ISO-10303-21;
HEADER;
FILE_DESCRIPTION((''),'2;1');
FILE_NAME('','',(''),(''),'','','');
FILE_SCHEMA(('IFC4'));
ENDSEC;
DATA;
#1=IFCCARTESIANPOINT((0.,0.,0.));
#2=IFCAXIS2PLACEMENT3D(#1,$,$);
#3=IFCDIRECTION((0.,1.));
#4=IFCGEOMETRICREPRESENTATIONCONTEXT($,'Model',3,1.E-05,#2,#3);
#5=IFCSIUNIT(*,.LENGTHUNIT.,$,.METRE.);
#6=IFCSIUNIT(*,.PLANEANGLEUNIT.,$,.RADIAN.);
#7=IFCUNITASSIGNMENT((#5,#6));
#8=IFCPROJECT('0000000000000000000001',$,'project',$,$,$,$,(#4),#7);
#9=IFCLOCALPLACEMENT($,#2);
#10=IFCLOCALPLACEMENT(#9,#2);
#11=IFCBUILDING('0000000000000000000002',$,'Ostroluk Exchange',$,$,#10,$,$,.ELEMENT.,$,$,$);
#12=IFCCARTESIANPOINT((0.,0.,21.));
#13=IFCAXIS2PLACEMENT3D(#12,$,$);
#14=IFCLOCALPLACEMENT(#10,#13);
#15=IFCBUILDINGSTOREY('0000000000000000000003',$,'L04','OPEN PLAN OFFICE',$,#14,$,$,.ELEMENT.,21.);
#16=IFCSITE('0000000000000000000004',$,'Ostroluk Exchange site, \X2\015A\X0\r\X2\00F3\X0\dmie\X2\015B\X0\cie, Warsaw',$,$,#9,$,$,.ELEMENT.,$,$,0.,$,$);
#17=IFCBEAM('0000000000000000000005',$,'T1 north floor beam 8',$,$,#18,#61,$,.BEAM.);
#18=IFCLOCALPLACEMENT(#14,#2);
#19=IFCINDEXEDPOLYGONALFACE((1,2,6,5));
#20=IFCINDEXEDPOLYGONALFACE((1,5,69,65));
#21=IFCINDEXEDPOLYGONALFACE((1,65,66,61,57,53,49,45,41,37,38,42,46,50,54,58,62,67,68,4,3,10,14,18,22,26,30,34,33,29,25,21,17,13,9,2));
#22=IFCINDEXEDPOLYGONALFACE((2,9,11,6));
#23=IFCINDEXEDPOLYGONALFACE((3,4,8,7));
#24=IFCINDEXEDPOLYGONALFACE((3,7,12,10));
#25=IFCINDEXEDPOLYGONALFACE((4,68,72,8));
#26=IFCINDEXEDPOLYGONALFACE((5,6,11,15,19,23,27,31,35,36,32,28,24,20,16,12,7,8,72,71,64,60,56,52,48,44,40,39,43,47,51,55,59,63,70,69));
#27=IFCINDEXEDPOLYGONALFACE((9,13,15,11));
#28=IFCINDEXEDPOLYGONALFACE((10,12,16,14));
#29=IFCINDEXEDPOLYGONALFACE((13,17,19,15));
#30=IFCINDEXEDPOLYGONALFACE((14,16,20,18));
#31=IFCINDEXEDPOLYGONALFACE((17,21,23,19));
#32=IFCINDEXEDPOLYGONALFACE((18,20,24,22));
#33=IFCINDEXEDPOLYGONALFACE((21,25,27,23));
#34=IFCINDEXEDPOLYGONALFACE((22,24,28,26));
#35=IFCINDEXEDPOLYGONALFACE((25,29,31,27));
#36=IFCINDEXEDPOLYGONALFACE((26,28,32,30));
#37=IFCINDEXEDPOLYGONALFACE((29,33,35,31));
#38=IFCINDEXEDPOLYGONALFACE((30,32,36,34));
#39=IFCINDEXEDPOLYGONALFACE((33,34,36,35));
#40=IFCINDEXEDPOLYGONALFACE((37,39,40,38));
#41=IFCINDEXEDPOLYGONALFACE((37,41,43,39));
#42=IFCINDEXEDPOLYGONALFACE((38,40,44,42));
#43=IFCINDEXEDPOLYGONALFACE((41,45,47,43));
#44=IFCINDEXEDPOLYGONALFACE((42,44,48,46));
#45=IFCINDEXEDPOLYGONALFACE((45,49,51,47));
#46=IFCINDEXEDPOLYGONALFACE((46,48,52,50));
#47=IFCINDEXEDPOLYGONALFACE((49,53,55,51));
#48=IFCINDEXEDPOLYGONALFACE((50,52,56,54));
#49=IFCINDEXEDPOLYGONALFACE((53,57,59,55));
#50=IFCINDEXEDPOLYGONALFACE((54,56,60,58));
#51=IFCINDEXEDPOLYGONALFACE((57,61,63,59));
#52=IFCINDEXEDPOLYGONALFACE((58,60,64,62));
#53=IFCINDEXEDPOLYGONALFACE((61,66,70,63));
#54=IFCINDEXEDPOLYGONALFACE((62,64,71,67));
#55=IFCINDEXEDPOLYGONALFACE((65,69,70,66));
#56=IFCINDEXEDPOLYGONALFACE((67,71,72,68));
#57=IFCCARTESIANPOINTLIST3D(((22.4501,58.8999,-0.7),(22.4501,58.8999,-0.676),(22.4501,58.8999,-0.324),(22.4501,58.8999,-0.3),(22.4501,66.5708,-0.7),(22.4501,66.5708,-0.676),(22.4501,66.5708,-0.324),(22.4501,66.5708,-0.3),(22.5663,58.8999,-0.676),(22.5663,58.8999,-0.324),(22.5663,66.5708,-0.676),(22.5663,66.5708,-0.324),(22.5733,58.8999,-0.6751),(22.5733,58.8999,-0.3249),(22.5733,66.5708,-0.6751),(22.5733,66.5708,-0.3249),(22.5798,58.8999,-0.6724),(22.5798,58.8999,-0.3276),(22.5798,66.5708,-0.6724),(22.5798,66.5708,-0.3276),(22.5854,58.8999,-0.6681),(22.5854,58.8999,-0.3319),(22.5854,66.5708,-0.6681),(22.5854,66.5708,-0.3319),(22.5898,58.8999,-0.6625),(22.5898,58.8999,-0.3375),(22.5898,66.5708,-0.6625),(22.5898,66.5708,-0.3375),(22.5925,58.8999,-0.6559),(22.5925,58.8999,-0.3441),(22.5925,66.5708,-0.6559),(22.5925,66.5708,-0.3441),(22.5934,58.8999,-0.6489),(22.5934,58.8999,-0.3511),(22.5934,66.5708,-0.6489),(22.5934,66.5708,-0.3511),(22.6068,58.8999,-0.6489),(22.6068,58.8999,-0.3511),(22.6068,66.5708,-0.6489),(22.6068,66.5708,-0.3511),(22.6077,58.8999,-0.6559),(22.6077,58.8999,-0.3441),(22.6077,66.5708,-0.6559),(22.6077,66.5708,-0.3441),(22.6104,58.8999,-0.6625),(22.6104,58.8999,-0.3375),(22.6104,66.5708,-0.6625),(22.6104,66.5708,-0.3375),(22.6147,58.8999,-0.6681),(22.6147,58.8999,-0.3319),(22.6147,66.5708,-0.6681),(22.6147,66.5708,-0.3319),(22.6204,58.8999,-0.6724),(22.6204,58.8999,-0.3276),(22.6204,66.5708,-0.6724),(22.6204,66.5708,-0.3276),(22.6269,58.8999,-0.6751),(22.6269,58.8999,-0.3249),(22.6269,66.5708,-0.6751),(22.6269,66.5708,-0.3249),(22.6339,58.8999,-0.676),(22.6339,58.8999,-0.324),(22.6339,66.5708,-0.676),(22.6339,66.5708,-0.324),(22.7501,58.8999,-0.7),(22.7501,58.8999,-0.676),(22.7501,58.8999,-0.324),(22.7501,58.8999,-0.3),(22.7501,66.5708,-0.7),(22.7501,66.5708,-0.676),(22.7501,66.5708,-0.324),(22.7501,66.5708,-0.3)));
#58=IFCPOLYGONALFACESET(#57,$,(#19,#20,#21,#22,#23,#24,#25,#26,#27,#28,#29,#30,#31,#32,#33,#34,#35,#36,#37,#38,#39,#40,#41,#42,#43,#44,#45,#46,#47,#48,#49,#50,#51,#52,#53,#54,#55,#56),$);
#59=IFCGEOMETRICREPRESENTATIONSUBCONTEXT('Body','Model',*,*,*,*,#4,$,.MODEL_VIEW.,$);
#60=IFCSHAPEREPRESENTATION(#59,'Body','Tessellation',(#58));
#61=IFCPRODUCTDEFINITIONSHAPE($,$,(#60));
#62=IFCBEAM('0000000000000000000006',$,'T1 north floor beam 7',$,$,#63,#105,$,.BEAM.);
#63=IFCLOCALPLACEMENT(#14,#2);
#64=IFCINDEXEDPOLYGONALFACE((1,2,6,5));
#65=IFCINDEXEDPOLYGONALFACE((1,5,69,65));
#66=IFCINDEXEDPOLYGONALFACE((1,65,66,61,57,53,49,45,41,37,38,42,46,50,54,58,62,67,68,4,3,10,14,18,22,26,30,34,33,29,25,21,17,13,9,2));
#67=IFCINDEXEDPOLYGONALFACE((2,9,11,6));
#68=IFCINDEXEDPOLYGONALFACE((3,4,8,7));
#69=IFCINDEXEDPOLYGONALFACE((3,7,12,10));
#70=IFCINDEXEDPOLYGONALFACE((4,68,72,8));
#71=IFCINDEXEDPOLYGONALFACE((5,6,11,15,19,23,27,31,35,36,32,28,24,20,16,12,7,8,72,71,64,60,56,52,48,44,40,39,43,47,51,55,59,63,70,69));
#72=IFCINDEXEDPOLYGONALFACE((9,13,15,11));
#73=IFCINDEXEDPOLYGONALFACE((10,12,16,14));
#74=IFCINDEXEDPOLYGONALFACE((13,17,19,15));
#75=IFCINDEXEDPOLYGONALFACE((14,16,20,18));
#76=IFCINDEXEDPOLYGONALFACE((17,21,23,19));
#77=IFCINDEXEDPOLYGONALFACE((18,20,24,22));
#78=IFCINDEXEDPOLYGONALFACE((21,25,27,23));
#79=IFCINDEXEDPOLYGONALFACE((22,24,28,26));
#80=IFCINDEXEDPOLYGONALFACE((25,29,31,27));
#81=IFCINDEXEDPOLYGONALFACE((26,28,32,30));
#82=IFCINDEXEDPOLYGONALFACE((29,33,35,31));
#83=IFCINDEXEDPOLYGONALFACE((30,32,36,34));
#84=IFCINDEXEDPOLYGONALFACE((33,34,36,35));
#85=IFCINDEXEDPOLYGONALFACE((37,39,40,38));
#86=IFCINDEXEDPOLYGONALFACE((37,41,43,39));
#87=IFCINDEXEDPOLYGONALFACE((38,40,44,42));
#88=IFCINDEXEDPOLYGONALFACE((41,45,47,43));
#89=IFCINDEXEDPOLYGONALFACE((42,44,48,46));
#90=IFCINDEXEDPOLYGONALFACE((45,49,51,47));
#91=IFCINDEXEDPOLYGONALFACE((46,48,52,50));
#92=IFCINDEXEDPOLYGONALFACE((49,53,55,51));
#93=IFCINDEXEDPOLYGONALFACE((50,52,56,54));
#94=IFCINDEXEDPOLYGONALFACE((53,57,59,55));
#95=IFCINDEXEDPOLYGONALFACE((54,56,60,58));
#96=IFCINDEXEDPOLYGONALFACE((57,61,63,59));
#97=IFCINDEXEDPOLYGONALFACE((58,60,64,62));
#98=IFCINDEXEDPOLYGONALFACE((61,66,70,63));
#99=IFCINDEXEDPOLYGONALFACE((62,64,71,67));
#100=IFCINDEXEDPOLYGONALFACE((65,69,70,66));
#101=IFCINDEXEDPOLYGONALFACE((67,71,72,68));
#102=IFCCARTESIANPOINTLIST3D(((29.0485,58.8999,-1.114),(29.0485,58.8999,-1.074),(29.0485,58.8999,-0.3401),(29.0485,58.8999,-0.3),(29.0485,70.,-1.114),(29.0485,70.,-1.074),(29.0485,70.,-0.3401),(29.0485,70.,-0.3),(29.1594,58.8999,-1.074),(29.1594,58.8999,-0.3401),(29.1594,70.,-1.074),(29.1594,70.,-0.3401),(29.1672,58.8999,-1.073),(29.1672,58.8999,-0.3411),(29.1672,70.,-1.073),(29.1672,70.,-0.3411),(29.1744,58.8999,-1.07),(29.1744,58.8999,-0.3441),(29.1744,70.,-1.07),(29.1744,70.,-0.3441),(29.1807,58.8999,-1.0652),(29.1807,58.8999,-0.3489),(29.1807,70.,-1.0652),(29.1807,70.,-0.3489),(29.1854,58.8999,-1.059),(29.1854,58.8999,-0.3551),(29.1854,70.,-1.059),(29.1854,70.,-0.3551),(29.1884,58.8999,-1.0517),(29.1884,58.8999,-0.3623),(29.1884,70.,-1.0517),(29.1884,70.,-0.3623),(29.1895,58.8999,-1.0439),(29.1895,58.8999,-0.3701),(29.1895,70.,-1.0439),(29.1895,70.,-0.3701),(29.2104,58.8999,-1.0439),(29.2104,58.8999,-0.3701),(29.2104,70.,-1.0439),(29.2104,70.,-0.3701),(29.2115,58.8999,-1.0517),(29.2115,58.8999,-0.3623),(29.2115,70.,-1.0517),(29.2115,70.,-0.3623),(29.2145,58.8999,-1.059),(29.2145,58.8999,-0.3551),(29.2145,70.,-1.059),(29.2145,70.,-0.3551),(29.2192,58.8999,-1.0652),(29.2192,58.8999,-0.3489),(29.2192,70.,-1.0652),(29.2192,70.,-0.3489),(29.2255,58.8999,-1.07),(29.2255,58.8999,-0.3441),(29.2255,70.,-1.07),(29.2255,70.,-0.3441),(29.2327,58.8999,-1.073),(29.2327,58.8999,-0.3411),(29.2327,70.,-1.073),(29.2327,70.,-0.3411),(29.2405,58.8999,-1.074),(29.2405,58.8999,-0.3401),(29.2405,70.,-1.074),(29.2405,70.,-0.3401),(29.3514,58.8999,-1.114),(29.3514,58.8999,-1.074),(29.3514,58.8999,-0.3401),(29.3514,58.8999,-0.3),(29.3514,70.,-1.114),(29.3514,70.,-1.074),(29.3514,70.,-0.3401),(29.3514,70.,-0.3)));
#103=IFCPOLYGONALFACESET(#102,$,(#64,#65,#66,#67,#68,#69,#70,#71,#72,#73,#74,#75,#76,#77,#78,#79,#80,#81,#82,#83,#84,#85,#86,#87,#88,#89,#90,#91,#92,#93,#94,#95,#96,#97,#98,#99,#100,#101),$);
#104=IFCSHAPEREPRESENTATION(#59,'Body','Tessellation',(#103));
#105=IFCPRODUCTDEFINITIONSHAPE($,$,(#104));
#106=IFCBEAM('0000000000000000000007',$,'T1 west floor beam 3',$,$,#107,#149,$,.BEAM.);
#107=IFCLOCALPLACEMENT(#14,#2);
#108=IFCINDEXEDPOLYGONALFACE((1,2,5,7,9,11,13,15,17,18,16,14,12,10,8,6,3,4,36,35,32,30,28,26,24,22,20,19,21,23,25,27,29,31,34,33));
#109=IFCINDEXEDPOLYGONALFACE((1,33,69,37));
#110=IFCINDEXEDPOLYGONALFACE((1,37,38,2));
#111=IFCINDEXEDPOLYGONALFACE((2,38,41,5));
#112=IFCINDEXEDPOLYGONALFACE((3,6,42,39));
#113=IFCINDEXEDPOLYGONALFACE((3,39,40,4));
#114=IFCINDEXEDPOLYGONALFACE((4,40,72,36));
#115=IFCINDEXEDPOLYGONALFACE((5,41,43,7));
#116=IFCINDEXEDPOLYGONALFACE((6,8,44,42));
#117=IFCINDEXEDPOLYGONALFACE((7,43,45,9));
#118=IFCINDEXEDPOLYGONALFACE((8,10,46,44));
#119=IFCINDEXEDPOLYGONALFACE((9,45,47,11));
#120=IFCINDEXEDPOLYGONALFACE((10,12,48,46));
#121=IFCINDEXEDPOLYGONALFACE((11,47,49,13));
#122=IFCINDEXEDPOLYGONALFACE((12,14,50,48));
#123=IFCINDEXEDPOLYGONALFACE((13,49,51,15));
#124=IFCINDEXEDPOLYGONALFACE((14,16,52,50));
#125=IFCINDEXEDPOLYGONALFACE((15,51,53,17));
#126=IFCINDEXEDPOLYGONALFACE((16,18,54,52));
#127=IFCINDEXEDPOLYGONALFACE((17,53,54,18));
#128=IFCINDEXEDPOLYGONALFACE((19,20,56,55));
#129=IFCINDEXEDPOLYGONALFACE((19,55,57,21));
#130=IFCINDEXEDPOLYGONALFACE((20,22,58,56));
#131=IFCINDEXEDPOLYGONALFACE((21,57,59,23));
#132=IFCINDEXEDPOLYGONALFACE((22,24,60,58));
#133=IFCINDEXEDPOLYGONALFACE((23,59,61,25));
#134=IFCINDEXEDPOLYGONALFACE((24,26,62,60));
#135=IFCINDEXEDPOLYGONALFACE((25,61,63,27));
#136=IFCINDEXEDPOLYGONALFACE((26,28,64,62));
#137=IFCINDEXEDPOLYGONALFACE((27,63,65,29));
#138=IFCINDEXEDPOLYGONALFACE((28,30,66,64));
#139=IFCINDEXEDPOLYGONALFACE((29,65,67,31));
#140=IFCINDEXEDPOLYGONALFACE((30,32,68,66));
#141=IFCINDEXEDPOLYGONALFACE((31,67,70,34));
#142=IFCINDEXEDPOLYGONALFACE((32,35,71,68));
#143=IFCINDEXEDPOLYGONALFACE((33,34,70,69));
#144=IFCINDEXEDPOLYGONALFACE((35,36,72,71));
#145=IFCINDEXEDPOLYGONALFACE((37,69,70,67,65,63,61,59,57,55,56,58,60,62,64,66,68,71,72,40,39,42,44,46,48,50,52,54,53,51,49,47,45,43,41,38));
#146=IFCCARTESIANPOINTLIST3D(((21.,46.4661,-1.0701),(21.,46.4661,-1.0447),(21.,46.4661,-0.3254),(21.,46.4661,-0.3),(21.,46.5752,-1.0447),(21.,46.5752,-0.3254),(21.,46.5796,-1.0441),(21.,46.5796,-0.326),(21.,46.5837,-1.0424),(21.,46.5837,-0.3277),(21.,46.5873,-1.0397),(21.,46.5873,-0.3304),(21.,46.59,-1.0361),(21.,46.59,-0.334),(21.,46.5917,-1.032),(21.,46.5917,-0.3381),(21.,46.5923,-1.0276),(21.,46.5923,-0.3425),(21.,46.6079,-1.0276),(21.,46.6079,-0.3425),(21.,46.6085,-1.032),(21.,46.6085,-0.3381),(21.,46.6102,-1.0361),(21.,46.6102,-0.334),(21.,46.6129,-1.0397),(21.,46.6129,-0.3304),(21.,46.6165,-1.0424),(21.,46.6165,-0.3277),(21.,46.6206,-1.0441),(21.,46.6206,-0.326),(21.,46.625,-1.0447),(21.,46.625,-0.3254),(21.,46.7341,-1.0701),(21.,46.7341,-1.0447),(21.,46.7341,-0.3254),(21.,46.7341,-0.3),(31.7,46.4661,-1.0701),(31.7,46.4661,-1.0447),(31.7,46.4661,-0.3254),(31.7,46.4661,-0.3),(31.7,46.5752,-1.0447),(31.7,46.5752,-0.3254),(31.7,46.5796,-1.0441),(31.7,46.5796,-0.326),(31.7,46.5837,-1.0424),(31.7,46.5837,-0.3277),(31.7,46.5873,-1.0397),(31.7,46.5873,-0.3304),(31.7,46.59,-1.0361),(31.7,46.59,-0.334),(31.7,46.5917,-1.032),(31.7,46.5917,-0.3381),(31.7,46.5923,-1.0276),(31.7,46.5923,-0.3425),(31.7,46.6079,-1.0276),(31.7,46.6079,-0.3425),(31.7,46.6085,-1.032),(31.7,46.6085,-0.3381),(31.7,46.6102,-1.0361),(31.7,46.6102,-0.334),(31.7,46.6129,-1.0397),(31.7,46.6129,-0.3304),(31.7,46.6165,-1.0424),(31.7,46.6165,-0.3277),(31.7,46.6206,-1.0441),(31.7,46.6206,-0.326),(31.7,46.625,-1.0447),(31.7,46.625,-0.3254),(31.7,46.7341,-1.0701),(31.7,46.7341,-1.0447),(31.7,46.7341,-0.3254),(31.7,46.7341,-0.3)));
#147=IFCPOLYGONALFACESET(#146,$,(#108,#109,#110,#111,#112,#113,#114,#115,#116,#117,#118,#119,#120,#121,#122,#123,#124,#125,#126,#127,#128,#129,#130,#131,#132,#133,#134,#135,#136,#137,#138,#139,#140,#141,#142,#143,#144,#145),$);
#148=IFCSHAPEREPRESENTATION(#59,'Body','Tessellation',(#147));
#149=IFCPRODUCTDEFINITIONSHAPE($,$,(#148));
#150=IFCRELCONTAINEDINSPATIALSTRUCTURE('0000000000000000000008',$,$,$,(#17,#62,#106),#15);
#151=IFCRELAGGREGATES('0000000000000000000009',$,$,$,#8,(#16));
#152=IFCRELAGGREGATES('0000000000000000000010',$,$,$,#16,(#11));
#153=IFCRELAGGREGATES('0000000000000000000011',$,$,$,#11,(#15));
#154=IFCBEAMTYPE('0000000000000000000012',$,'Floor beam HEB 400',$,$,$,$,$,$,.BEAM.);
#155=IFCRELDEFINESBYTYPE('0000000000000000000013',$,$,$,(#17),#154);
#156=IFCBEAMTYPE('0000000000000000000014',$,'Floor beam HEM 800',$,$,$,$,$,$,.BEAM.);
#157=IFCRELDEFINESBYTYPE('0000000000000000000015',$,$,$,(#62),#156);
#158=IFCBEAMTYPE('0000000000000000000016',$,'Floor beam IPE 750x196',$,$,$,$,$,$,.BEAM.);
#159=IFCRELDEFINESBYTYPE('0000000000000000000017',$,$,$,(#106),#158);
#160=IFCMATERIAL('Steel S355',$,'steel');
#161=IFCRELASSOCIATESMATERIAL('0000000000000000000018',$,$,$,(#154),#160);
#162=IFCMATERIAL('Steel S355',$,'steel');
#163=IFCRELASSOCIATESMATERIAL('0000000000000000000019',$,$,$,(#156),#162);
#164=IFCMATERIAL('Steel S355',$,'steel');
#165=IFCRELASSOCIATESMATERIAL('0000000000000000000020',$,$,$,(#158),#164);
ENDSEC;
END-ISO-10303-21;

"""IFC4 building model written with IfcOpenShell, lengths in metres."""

from ifc_helpers import new_model, si_unit, direction, frame, origin, origin_2d, place, context, subcontext, project, spatial, i_section, extrude, material, material_profile, profile_set, type_object, element, save


model = new_model("IFC4")

# Units and contexts
model_context = context("Model", 3, precision=1e-05, world=origin(), true_north=direction((0.0, 1.0)))
body_context = subcontext(model_context, "Body", "Model", "MODEL_VIEW")
ifc_project = project(units=[si_unit("LENGTHUNIT", "METRE"), si_unit("PLANEANGLEUNIT", "RADIAN")], contexts=[model_context])

# Site, building, storey
site_placement = place(None, origin())
site = spatial("IfcSite", under=ifc_project, at=site_placement, Name="Ostroluk Exchange site, Śródmieście, Warsaw", CompositionType="ELEMENT", RefElevation=0.0)
building_placement = place(site_placement, origin())
building = spatial("IfcBuilding", under=site, at=building_placement, Name="Ostroluk Exchange", CompositionType="ELEMENT")
storey_placement = place(building_placement, frame((0.0, 0.0, 21.0)))
storey = spatial("IfcBuildingStorey", under=building, at=storey_placement, Name="L04", Description="OPEN PLAN OFFICE", CompositionType="ELEMENT", Elevation=21.0)

# Beams
ifc_material_1 = material(Name="Steel S355", Category="steel")
ifc_material_profile_1 = material_profile(ifc_material_1, i_section(OverallWidth=0.3, OverallDepth=0.3999, WebThickness=0.0134, FlangeThickness=0.0239, FilletRadius=0.0271, at=origin_2d()), Name="HEB 400")
ifc_profile_set_1 = profile_set([ifc_material_profile_1], Name="Steel S355")
beam_type_1 = type_object("IfcBeamType", Name="Floor beam HEB 400", PredefinedType="BEAM", material=ifc_profile_set_1)
beam_1_placement = place(storey_placement, frame((22.6001, 58.8999, -0.5), z_axis=(0.0, 1.0, 0.0), x_axis=(-1.0, 0.0, 0.0)))
element("IfcBeam", 1, at=beam_1_placement, inside=storey, type_object=beam_type_1, Name="T1 north floor beam 8", PredefinedType="BEAM", context=body_context, shape_type="SweptSolid", body=[
    extrude(i_section(OverallWidth=0.3, OverallDepth=0.3999, WebThickness=0.0134, FlangeThickness=0.0239, FilletRadius=0.0271, at=origin_2d()), origin(), (0.0, 0.0, 1.0), 7.6709),
])
ifc_material_2 = material(Name="Steel S355", Category="steel")
ifc_material_profile_2 = material_profile(ifc_material_2, i_section(OverallWidth=0.303, OverallDepth=0.814, WebThickness=0.021, FlangeThickness=0.04, FilletRadius=0.03, at=origin_2d()), Name="HEM 800")
ifc_profile_set_2 = profile_set([ifc_material_profile_2], Name="Steel S355")
beam_type_2 = type_object("IfcBeamType", Name="Floor beam HEM 800", PredefinedType="BEAM", material=ifc_profile_set_2)
beam_2_placement = place(storey_placement, frame((29.2, 58.8999, -0.707), z_axis=(0.0, 1.0, 0.0), x_axis=(-1.0, 0.0, 0.0)))
element("IfcBeam", 2, at=beam_2_placement, inside=storey, type_object=beam_type_2, Name="T1 north floor beam 7", PredefinedType="BEAM", context=body_context, shape_type="SweptSolid", body=[
    extrude(i_section(OverallWidth=0.303, OverallDepth=0.814, WebThickness=0.021, FlangeThickness=0.04, FilletRadius=0.03, at=origin_2d()), origin(), (0.0, 0.0, 1.0), 11.1001),
])
ifc_material_3 = material(Name="Steel S355", Category="steel")
ifc_material_profile_3 = material_profile(ifc_material_3, i_section(OverallWidth=0.2681, OverallDepth=0.77, WebThickness=0.0156, FlangeThickness=0.0254, FilletRadius=0.0171, at=origin_2d()), Name="IPE 750x196")
ifc_profile_set_3 = profile_set([ifc_material_profile_3], Name="Steel S355")
beam_type_3 = type_object("IfcBeamType", Name="Floor beam IPE 750x196", PredefinedType="BEAM", material=ifc_profile_set_3)
beam_3_placement = place(storey_placement, frame((31.7, 46.6001, -0.6851), z_axis=(-1.0, 0.0, 0.0), x_axis=(0.0, -1.0, 0.0)))
element("IfcBeam", 3, at=beam_3_placement, inside=storey, type_object=beam_type_3, Name="T1 west floor beam 3", PredefinedType="BEAM", context=body_context, shape_type="SweptSolid", body=[
    extrude(i_section(OverallWidth=0.2681, OverallDepth=0.77, WebThickness=0.0156, FlangeThickness=0.0254, FilletRadius=0.0171, at=origin_2d()), origin(), (0.0, 0.0, 1.0), 10.7),
])

save(model, "model.ifc")
